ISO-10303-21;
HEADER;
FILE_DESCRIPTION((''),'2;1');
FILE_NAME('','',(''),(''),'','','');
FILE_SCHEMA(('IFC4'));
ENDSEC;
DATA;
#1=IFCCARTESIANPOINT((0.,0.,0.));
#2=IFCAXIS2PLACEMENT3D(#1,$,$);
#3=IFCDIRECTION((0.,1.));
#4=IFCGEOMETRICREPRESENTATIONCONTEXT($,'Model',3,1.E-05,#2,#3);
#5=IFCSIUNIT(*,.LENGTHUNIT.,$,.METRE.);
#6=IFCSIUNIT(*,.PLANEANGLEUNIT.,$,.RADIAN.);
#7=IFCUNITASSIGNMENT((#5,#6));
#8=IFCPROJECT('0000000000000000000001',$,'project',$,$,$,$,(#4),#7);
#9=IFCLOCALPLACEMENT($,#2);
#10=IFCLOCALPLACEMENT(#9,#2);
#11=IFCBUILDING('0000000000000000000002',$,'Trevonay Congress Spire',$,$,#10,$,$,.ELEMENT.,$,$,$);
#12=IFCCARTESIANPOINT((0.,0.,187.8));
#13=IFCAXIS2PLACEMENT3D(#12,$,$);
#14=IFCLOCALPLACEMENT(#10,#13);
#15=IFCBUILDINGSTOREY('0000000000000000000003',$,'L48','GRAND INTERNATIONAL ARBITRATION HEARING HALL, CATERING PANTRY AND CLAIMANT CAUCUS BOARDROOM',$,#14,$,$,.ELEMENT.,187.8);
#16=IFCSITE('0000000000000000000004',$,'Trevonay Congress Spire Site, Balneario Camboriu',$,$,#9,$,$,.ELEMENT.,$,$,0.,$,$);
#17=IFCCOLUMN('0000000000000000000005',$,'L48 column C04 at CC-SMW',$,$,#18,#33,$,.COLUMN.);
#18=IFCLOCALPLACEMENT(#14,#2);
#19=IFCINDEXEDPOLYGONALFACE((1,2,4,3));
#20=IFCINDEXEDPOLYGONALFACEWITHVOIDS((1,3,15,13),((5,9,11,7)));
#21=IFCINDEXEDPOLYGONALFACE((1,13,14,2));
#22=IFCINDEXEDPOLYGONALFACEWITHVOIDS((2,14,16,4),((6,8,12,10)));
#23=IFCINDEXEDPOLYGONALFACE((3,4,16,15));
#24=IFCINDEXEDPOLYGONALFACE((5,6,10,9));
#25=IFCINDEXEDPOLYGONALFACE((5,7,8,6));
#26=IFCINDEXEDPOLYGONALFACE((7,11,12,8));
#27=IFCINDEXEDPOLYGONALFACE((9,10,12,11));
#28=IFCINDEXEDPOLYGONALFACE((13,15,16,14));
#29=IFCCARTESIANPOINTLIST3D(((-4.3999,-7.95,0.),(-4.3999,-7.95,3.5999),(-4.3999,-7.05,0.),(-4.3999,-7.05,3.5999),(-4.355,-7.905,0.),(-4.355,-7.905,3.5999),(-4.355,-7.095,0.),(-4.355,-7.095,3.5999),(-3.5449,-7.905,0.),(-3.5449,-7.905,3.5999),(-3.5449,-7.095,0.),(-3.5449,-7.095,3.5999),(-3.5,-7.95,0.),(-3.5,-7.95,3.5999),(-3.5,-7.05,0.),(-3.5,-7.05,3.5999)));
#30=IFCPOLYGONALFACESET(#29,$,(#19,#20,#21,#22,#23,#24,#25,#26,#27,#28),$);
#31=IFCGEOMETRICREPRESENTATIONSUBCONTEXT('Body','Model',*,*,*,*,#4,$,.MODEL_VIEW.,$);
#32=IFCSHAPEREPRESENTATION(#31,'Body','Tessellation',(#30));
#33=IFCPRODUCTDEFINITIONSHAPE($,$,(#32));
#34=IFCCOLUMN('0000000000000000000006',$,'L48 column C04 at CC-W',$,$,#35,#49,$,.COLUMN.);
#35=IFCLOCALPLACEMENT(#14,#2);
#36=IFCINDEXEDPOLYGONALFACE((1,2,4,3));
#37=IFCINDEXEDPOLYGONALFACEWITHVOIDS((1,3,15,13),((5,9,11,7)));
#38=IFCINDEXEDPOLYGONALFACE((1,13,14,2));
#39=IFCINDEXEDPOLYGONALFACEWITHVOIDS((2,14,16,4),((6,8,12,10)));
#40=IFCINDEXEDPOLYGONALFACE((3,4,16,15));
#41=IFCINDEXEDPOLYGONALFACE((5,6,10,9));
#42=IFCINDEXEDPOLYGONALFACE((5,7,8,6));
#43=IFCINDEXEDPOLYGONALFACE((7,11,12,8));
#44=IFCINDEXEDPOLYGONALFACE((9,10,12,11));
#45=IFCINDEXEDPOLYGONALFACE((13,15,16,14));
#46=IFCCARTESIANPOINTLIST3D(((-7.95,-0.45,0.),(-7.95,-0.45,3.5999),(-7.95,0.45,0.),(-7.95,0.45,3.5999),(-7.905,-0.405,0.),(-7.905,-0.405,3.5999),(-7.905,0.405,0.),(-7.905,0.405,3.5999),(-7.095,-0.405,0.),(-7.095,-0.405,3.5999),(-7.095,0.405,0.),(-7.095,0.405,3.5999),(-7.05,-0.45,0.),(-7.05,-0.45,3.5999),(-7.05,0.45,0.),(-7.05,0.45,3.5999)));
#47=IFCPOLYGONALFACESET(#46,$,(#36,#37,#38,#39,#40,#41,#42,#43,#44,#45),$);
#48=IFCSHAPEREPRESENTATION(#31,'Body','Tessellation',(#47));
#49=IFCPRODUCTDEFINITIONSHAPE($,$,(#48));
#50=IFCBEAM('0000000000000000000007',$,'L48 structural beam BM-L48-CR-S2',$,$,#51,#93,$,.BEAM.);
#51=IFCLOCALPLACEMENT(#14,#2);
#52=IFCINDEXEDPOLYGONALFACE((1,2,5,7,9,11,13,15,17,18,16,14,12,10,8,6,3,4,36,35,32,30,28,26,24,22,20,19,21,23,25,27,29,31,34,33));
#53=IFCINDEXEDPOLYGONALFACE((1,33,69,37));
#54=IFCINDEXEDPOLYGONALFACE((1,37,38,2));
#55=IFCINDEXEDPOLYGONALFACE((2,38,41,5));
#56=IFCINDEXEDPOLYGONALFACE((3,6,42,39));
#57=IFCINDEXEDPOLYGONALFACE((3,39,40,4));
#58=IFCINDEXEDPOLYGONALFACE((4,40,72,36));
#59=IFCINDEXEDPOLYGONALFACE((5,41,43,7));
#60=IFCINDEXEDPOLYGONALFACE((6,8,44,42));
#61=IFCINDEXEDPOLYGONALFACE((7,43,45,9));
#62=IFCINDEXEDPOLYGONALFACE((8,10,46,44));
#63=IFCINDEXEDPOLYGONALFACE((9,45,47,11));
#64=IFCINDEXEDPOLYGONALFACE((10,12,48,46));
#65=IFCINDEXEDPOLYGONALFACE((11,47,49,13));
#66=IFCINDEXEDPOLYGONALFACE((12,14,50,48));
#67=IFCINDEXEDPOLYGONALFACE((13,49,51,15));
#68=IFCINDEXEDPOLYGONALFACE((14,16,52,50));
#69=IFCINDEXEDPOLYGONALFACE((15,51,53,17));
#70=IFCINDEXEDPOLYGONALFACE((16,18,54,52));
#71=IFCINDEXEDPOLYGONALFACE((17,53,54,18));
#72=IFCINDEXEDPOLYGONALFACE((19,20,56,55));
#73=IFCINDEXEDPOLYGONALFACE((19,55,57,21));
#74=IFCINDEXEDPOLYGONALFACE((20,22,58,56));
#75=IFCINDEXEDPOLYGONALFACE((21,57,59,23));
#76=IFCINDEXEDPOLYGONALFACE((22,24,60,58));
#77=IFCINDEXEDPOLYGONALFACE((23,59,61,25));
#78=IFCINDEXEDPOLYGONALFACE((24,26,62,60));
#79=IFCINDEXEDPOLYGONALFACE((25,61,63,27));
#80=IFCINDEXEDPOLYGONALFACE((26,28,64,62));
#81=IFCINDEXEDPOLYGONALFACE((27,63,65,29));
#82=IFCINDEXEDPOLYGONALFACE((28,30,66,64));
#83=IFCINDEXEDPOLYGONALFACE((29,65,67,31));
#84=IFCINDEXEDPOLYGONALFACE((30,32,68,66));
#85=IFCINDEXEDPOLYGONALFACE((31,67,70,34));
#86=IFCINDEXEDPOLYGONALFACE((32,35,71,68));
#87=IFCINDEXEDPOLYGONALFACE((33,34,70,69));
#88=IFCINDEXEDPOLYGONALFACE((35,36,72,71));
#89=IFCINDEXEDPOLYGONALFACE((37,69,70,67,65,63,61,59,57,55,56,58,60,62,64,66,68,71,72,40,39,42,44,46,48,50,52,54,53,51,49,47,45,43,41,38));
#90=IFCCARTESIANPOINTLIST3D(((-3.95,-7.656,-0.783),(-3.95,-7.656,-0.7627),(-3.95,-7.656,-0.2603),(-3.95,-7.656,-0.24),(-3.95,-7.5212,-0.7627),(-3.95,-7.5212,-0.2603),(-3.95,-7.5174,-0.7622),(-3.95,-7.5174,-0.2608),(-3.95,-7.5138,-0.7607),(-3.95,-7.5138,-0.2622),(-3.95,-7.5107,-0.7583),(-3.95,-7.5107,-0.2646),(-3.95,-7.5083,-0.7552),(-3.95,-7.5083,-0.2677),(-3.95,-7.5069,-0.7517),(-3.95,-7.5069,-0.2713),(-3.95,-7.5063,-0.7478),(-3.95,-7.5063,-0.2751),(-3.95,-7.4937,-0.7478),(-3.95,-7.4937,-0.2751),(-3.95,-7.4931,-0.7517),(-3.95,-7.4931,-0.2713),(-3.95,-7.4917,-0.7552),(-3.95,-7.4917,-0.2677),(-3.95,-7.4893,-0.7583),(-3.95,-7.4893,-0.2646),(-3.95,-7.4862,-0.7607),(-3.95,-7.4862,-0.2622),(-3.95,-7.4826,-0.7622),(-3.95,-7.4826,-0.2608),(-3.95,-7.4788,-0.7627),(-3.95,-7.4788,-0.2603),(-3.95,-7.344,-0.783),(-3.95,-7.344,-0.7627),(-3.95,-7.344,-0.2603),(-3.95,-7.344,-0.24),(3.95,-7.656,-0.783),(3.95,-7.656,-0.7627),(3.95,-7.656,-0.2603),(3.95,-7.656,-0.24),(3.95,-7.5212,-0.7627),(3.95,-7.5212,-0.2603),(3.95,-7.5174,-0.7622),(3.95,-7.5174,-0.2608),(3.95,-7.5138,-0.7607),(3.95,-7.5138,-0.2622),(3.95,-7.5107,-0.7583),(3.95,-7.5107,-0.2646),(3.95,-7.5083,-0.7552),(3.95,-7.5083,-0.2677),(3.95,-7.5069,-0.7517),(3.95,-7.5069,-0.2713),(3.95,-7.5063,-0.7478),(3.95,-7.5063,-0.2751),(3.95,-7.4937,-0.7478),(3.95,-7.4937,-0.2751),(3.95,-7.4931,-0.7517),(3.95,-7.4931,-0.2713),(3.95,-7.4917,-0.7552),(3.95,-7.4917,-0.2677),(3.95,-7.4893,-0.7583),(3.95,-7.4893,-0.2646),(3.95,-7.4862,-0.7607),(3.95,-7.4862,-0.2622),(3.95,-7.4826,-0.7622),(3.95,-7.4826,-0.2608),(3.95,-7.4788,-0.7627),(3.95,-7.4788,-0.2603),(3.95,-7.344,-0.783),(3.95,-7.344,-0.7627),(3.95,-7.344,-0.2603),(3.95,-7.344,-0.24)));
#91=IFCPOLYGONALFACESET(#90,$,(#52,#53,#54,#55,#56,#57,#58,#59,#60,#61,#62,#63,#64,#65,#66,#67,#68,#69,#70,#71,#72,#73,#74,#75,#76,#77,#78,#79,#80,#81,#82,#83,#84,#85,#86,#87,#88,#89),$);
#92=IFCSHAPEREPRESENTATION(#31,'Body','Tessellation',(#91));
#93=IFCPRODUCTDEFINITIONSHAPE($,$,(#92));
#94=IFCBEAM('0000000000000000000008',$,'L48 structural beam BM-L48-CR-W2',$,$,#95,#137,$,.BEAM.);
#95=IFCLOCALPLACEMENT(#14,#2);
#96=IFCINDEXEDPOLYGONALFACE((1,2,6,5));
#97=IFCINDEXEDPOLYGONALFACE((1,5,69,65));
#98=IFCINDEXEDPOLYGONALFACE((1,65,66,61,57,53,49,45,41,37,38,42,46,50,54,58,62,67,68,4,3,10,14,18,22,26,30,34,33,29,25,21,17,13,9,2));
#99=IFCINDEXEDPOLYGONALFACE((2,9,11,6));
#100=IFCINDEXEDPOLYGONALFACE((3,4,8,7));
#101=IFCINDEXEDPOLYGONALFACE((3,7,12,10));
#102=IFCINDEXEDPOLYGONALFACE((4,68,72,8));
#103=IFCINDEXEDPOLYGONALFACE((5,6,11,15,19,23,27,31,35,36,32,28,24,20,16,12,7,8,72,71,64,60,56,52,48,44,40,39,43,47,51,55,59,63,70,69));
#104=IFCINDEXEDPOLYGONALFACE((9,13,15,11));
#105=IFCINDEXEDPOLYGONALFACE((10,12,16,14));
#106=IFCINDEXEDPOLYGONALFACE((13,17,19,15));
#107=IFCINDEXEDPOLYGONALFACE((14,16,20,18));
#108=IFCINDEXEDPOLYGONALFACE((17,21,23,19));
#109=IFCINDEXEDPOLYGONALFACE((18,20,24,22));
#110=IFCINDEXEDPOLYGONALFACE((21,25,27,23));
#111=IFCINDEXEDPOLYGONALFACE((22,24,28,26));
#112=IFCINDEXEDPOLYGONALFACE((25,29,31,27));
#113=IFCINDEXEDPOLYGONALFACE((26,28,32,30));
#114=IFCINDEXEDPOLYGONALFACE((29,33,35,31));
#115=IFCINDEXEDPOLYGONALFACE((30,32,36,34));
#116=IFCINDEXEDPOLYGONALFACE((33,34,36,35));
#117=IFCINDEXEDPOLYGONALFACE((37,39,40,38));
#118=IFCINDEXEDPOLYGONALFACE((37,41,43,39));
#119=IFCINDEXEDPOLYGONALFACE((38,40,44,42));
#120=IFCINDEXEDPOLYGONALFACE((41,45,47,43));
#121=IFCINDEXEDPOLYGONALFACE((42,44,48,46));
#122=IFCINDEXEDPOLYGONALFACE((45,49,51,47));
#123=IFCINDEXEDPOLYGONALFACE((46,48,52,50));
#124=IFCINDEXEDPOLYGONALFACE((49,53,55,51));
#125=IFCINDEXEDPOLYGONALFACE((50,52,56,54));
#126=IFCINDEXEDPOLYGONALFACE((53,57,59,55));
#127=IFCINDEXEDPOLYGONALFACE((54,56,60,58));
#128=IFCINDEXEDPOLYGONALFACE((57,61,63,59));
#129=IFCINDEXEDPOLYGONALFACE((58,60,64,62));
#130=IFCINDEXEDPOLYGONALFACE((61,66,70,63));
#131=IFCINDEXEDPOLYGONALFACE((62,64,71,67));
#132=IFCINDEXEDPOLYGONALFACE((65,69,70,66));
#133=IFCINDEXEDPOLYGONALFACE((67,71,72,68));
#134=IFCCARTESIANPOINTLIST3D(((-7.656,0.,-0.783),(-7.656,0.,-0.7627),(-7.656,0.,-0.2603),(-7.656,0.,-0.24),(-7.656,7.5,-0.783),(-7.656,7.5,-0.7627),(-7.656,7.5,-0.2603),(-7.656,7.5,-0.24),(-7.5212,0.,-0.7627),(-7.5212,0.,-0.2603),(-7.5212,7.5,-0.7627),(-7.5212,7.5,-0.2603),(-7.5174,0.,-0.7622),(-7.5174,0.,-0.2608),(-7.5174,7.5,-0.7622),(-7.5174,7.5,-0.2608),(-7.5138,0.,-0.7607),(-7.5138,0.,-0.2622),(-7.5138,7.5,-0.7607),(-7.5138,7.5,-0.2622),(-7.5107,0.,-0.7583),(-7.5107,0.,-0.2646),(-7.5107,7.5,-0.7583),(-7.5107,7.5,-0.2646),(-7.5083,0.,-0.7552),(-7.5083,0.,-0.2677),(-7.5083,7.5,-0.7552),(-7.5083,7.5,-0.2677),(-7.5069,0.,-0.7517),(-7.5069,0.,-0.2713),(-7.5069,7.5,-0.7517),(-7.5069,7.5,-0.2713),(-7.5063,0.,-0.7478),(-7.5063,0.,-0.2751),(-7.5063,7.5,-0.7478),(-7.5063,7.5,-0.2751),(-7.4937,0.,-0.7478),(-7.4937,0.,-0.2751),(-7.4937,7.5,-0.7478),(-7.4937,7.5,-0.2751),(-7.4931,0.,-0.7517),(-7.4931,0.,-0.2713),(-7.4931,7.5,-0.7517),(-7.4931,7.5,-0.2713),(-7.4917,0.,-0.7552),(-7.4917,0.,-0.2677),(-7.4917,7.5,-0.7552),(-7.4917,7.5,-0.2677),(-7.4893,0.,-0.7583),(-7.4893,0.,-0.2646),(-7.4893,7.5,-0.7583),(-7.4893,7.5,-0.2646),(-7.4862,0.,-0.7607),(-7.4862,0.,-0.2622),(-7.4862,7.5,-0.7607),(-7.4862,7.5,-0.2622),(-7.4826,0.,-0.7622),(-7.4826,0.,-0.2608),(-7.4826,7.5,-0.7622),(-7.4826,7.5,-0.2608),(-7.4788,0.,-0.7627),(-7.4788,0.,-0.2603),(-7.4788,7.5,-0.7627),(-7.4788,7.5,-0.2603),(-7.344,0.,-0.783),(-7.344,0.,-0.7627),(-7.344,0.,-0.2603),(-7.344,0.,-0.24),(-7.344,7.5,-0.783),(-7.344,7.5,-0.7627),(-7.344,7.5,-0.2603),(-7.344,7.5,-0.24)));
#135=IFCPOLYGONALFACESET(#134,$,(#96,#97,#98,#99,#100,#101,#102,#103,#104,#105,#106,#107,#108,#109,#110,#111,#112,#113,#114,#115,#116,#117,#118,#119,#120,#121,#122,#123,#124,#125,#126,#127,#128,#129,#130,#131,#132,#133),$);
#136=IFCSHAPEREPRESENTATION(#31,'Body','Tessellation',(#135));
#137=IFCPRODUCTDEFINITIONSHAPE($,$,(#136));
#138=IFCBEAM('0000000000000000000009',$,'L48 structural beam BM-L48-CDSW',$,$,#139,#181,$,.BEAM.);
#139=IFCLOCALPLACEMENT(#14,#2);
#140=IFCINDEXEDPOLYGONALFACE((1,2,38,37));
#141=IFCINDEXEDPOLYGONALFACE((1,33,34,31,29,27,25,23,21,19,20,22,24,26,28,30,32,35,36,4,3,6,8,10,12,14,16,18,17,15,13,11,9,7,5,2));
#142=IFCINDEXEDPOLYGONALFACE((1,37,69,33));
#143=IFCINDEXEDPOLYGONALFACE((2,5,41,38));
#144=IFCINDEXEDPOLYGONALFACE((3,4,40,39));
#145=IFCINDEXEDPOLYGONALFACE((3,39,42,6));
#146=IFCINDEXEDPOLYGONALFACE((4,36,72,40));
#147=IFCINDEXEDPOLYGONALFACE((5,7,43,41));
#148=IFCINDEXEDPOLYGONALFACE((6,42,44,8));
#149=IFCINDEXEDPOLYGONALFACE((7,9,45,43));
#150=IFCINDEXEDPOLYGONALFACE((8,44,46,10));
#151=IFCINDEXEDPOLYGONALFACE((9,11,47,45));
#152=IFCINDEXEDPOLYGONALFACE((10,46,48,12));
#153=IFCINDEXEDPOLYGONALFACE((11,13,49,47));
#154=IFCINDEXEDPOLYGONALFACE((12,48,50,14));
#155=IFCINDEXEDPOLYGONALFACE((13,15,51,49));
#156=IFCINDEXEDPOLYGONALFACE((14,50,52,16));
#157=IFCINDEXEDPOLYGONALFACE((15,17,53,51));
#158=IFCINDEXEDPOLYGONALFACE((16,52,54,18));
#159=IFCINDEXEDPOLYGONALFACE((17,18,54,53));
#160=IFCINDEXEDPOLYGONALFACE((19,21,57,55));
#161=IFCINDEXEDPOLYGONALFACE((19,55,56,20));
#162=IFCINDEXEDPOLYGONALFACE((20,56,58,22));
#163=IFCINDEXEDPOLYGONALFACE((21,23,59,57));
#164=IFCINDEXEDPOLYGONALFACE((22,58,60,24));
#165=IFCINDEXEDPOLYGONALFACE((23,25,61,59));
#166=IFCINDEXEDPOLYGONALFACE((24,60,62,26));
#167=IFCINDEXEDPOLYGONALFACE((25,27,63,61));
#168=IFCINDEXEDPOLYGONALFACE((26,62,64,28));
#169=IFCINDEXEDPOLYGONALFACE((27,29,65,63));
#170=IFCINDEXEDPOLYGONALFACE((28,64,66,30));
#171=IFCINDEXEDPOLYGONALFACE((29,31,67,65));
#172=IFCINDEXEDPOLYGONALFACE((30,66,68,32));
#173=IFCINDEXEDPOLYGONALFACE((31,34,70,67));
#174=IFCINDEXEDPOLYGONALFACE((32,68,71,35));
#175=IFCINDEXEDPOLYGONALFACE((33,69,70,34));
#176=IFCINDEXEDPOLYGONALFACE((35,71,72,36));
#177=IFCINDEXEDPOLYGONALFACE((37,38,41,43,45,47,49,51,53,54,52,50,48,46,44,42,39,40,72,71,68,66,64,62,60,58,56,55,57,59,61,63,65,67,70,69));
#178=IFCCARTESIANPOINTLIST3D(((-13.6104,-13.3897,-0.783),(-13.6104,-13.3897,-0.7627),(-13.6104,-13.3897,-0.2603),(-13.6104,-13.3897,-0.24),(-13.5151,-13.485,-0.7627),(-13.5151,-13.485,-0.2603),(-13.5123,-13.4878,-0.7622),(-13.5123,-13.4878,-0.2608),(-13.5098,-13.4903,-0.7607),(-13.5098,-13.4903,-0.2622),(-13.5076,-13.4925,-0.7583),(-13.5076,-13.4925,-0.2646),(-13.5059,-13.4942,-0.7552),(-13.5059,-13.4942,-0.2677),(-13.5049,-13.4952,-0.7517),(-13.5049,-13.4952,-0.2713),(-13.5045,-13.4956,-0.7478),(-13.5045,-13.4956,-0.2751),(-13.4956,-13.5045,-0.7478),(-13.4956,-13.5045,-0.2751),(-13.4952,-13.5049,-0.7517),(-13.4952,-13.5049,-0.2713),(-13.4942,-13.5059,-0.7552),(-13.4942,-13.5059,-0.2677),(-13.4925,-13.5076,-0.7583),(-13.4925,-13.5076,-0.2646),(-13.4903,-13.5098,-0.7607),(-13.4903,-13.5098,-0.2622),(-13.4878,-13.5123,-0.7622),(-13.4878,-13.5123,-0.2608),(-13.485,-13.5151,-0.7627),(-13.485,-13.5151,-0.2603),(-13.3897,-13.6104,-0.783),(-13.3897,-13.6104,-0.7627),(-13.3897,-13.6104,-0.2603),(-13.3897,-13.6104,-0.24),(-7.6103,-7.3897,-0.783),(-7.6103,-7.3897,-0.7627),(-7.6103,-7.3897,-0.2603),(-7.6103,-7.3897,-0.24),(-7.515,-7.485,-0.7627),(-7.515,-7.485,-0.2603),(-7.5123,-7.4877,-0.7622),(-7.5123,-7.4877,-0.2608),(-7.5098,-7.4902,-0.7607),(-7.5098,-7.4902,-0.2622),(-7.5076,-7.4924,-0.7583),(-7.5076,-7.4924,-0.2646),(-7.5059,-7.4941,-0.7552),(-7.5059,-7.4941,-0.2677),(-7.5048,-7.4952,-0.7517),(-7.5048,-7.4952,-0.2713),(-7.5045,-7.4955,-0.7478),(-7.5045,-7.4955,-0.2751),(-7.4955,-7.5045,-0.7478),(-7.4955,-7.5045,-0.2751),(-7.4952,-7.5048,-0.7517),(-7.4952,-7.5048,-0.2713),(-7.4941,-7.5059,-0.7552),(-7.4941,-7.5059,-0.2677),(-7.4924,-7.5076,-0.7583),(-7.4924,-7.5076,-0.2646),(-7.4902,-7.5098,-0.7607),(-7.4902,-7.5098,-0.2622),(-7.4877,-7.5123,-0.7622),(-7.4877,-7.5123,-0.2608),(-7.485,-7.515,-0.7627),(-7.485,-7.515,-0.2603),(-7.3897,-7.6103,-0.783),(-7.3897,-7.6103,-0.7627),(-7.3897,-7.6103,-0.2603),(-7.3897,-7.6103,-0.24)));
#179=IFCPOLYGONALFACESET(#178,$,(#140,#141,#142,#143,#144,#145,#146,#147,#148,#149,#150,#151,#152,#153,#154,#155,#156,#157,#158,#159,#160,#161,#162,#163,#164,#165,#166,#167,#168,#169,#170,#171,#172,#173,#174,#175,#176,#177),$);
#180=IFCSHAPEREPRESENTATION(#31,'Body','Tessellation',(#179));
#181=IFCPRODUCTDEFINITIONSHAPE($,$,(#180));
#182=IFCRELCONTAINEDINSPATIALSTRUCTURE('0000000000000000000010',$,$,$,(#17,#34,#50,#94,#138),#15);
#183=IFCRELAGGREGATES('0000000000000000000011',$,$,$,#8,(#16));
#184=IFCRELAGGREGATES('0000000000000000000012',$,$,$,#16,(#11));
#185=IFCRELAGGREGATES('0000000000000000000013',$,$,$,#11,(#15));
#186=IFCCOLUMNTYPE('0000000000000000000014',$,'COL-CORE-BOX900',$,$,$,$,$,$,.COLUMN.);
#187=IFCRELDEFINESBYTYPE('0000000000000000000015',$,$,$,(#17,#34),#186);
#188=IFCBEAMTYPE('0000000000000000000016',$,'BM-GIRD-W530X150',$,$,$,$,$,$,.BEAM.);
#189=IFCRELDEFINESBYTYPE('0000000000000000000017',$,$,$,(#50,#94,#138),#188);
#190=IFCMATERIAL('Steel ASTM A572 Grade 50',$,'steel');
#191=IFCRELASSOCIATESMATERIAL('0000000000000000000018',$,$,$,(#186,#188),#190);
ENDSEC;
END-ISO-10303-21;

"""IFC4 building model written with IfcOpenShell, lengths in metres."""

from ifc_helpers import new_model, si_unit, direction, frame, origin, origin_2d, place, context, subcontext, project, spatial, hollow_rectangle, i_section, extrude, material, material_profile, profile_set, type_object, element, save


model = new_model("IFC4")

# Units and contexts
model_context = context("Model", 3, precision=1e-05, world=origin(), true_north=direction((0.0, 1.0)))
body_context = subcontext(model_context, "Body", "Model", "MODEL_VIEW")
ifc_project = project(units=[si_unit("LENGTHUNIT", "METRE"), si_unit("PLANEANGLEUNIT", "RADIAN")], contexts=[model_context])

# Site, building, storey
site_placement = place(None, origin())
site = spatial("IfcSite", under=ifc_project, at=site_placement, Name="Trevonay Congress Spire Site, Balneario Camboriu", CompositionType="ELEMENT", RefElevation=0.0)
building_placement = place(site_placement, origin())
building = spatial("IfcBuilding", under=site, at=building_placement, Name="Trevonay Congress Spire", CompositionType="ELEMENT")
storey_placement = place(building_placement, frame((0.0, 0.0, 187.8)))
storey = spatial("IfcBuildingStorey", under=building, at=storey_placement, Name="L48", Description="GRAND INTERNATIONAL ARBITRATION HEARING HALL, CATERING PANTRY AND CLAIMANT CAUCUS BOARDROOM", CompositionType="ELEMENT", Elevation=187.8)

# Columns
ifc_material_1 = material(Name="Steel ASTM A572 Grade 50", Category="steel")
ifc_material_profile_1 = material_profile(ifc_material_1, hollow_rectangle(XDim=0.8999, YDim=0.8999, WallThickness=0.0449, at=origin_2d()), Name="BOX 900x900x45")
ifc_profile_set_1 = profile_set([ifc_material_profile_1], Name="Steel ASTM A572 Grade 50")
column_type = type_object("IfcColumnType", Name="COL-CORE-BOX900", PredefinedType="COLUMN", material=ifc_profile_set_1)
for number, where, z_axis, x_axis, name in (
    (1, (-3.95, -7.5, 0.0), (0.0, 0.0, 1.0), (1.0, 0.0, 0.0), "L48 column C04 at CC-SMW"),
    (2, (-7.5, 0.0, 0.0), (0.0, 0.0, 1.0), (1.0, 0.0, 0.0), "L48 column C04 at CC-W"),
):
    element("IfcColumn", number, at=place(storey_placement, frame(where, z_axis=z_axis, x_axis=x_axis)), inside=storey, type_object=column_type, Name=name, PredefinedType="COLUMN", context=body_context, shape_type="SweptSolid", body=[
        extrude(hollow_rectangle(XDim=0.8999, YDim=0.8999, WallThickness=0.0449, at=origin_2d()), origin(), (0.0, 0.0, 1.0), 3.5999),
    ])

# Beams
ifc_material_profile_2 = material_profile(ifc_material_1, i_section(OverallWidth=0.312, OverallDepth=0.543, WebThickness=0.0127, FlangeThickness=0.0203, FilletRadius=0.0149, at=origin_2d()), Name="W530x150")
ifc_profile_set_2 = profile_set([ifc_material_profile_2], Name="Steel ASTM A572 Grade 50")
beam_type_1 = type_object("IfcBeamType", Name="BM-GIRD-W530X150", PredefinedType="BEAM", material=ifc_profile_set_2)
beam_1_placement = place(storey_placement, frame((-3.95, -7.5, -0.5115), z_axis=(1.0, 0.0, 0.0), x_axis=(0.0, 1.0, 0.0)))
element("IfcBeam", 3, at=beam_1_placement, inside=storey, type_object=beam_type_1, Name="L48 structural beam BM-L48-CR-S2", PredefinedType="BEAM", context=body_context, shape_type="SweptSolid", body=[
    extrude(i_section(OverallWidth=0.312, OverallDepth=0.543, WebThickness=0.0127, FlangeThickness=0.0203, FilletRadius=0.0149, at=origin_2d()), origin(), (0.0, 0.0, 1.0), 7.8999),
])
beam_2_placement = place(storey_placement, frame((-7.5, 0.0, -0.5115), z_axis=(0.0, 1.0, 0.0), x_axis=(-1.0, 0.0, 0.0)))
element("IfcBeam", 4, at=beam_2_placement, inside=storey, type_object=beam_type_1, Name="L48 structural beam BM-L48-CR-W2", PredefinedType="BEAM", context=body_context, shape_type="SweptSolid", body=[
    extrude(i_section(OverallWidth=0.312, OverallDepth=0.543, WebThickness=0.0127, FlangeThickness=0.0203, FilletRadius=0.0149, at=origin_2d()), origin(), (0.0, 0.0, 1.0), 7.5),
])
beam_3_placement = place(storey_placement, frame((-7.5, -7.5, -0.5115), z_axis=(-0.707107, -0.707107, 0.0), x_axis=(0.707107, -0.707107, 0.0)))
element("IfcBeam", 5, at=beam_3_placement, inside=storey, type_object=beam_type_1, Name="L48 structural beam BM-L48-CDSW", PredefinedType="BEAM", context=body_context, shape_type="SweptSolid", body=[
    extrude(i_section(OverallWidth=0.312, OverallDepth=0.543, WebThickness=0.0127, FlangeThickness=0.0203, FilletRadius=0.0149, at=origin_2d()), origin(), (0.0, 0.0, 1.0), 8.4854),
])

save(model, "model.ifc")
